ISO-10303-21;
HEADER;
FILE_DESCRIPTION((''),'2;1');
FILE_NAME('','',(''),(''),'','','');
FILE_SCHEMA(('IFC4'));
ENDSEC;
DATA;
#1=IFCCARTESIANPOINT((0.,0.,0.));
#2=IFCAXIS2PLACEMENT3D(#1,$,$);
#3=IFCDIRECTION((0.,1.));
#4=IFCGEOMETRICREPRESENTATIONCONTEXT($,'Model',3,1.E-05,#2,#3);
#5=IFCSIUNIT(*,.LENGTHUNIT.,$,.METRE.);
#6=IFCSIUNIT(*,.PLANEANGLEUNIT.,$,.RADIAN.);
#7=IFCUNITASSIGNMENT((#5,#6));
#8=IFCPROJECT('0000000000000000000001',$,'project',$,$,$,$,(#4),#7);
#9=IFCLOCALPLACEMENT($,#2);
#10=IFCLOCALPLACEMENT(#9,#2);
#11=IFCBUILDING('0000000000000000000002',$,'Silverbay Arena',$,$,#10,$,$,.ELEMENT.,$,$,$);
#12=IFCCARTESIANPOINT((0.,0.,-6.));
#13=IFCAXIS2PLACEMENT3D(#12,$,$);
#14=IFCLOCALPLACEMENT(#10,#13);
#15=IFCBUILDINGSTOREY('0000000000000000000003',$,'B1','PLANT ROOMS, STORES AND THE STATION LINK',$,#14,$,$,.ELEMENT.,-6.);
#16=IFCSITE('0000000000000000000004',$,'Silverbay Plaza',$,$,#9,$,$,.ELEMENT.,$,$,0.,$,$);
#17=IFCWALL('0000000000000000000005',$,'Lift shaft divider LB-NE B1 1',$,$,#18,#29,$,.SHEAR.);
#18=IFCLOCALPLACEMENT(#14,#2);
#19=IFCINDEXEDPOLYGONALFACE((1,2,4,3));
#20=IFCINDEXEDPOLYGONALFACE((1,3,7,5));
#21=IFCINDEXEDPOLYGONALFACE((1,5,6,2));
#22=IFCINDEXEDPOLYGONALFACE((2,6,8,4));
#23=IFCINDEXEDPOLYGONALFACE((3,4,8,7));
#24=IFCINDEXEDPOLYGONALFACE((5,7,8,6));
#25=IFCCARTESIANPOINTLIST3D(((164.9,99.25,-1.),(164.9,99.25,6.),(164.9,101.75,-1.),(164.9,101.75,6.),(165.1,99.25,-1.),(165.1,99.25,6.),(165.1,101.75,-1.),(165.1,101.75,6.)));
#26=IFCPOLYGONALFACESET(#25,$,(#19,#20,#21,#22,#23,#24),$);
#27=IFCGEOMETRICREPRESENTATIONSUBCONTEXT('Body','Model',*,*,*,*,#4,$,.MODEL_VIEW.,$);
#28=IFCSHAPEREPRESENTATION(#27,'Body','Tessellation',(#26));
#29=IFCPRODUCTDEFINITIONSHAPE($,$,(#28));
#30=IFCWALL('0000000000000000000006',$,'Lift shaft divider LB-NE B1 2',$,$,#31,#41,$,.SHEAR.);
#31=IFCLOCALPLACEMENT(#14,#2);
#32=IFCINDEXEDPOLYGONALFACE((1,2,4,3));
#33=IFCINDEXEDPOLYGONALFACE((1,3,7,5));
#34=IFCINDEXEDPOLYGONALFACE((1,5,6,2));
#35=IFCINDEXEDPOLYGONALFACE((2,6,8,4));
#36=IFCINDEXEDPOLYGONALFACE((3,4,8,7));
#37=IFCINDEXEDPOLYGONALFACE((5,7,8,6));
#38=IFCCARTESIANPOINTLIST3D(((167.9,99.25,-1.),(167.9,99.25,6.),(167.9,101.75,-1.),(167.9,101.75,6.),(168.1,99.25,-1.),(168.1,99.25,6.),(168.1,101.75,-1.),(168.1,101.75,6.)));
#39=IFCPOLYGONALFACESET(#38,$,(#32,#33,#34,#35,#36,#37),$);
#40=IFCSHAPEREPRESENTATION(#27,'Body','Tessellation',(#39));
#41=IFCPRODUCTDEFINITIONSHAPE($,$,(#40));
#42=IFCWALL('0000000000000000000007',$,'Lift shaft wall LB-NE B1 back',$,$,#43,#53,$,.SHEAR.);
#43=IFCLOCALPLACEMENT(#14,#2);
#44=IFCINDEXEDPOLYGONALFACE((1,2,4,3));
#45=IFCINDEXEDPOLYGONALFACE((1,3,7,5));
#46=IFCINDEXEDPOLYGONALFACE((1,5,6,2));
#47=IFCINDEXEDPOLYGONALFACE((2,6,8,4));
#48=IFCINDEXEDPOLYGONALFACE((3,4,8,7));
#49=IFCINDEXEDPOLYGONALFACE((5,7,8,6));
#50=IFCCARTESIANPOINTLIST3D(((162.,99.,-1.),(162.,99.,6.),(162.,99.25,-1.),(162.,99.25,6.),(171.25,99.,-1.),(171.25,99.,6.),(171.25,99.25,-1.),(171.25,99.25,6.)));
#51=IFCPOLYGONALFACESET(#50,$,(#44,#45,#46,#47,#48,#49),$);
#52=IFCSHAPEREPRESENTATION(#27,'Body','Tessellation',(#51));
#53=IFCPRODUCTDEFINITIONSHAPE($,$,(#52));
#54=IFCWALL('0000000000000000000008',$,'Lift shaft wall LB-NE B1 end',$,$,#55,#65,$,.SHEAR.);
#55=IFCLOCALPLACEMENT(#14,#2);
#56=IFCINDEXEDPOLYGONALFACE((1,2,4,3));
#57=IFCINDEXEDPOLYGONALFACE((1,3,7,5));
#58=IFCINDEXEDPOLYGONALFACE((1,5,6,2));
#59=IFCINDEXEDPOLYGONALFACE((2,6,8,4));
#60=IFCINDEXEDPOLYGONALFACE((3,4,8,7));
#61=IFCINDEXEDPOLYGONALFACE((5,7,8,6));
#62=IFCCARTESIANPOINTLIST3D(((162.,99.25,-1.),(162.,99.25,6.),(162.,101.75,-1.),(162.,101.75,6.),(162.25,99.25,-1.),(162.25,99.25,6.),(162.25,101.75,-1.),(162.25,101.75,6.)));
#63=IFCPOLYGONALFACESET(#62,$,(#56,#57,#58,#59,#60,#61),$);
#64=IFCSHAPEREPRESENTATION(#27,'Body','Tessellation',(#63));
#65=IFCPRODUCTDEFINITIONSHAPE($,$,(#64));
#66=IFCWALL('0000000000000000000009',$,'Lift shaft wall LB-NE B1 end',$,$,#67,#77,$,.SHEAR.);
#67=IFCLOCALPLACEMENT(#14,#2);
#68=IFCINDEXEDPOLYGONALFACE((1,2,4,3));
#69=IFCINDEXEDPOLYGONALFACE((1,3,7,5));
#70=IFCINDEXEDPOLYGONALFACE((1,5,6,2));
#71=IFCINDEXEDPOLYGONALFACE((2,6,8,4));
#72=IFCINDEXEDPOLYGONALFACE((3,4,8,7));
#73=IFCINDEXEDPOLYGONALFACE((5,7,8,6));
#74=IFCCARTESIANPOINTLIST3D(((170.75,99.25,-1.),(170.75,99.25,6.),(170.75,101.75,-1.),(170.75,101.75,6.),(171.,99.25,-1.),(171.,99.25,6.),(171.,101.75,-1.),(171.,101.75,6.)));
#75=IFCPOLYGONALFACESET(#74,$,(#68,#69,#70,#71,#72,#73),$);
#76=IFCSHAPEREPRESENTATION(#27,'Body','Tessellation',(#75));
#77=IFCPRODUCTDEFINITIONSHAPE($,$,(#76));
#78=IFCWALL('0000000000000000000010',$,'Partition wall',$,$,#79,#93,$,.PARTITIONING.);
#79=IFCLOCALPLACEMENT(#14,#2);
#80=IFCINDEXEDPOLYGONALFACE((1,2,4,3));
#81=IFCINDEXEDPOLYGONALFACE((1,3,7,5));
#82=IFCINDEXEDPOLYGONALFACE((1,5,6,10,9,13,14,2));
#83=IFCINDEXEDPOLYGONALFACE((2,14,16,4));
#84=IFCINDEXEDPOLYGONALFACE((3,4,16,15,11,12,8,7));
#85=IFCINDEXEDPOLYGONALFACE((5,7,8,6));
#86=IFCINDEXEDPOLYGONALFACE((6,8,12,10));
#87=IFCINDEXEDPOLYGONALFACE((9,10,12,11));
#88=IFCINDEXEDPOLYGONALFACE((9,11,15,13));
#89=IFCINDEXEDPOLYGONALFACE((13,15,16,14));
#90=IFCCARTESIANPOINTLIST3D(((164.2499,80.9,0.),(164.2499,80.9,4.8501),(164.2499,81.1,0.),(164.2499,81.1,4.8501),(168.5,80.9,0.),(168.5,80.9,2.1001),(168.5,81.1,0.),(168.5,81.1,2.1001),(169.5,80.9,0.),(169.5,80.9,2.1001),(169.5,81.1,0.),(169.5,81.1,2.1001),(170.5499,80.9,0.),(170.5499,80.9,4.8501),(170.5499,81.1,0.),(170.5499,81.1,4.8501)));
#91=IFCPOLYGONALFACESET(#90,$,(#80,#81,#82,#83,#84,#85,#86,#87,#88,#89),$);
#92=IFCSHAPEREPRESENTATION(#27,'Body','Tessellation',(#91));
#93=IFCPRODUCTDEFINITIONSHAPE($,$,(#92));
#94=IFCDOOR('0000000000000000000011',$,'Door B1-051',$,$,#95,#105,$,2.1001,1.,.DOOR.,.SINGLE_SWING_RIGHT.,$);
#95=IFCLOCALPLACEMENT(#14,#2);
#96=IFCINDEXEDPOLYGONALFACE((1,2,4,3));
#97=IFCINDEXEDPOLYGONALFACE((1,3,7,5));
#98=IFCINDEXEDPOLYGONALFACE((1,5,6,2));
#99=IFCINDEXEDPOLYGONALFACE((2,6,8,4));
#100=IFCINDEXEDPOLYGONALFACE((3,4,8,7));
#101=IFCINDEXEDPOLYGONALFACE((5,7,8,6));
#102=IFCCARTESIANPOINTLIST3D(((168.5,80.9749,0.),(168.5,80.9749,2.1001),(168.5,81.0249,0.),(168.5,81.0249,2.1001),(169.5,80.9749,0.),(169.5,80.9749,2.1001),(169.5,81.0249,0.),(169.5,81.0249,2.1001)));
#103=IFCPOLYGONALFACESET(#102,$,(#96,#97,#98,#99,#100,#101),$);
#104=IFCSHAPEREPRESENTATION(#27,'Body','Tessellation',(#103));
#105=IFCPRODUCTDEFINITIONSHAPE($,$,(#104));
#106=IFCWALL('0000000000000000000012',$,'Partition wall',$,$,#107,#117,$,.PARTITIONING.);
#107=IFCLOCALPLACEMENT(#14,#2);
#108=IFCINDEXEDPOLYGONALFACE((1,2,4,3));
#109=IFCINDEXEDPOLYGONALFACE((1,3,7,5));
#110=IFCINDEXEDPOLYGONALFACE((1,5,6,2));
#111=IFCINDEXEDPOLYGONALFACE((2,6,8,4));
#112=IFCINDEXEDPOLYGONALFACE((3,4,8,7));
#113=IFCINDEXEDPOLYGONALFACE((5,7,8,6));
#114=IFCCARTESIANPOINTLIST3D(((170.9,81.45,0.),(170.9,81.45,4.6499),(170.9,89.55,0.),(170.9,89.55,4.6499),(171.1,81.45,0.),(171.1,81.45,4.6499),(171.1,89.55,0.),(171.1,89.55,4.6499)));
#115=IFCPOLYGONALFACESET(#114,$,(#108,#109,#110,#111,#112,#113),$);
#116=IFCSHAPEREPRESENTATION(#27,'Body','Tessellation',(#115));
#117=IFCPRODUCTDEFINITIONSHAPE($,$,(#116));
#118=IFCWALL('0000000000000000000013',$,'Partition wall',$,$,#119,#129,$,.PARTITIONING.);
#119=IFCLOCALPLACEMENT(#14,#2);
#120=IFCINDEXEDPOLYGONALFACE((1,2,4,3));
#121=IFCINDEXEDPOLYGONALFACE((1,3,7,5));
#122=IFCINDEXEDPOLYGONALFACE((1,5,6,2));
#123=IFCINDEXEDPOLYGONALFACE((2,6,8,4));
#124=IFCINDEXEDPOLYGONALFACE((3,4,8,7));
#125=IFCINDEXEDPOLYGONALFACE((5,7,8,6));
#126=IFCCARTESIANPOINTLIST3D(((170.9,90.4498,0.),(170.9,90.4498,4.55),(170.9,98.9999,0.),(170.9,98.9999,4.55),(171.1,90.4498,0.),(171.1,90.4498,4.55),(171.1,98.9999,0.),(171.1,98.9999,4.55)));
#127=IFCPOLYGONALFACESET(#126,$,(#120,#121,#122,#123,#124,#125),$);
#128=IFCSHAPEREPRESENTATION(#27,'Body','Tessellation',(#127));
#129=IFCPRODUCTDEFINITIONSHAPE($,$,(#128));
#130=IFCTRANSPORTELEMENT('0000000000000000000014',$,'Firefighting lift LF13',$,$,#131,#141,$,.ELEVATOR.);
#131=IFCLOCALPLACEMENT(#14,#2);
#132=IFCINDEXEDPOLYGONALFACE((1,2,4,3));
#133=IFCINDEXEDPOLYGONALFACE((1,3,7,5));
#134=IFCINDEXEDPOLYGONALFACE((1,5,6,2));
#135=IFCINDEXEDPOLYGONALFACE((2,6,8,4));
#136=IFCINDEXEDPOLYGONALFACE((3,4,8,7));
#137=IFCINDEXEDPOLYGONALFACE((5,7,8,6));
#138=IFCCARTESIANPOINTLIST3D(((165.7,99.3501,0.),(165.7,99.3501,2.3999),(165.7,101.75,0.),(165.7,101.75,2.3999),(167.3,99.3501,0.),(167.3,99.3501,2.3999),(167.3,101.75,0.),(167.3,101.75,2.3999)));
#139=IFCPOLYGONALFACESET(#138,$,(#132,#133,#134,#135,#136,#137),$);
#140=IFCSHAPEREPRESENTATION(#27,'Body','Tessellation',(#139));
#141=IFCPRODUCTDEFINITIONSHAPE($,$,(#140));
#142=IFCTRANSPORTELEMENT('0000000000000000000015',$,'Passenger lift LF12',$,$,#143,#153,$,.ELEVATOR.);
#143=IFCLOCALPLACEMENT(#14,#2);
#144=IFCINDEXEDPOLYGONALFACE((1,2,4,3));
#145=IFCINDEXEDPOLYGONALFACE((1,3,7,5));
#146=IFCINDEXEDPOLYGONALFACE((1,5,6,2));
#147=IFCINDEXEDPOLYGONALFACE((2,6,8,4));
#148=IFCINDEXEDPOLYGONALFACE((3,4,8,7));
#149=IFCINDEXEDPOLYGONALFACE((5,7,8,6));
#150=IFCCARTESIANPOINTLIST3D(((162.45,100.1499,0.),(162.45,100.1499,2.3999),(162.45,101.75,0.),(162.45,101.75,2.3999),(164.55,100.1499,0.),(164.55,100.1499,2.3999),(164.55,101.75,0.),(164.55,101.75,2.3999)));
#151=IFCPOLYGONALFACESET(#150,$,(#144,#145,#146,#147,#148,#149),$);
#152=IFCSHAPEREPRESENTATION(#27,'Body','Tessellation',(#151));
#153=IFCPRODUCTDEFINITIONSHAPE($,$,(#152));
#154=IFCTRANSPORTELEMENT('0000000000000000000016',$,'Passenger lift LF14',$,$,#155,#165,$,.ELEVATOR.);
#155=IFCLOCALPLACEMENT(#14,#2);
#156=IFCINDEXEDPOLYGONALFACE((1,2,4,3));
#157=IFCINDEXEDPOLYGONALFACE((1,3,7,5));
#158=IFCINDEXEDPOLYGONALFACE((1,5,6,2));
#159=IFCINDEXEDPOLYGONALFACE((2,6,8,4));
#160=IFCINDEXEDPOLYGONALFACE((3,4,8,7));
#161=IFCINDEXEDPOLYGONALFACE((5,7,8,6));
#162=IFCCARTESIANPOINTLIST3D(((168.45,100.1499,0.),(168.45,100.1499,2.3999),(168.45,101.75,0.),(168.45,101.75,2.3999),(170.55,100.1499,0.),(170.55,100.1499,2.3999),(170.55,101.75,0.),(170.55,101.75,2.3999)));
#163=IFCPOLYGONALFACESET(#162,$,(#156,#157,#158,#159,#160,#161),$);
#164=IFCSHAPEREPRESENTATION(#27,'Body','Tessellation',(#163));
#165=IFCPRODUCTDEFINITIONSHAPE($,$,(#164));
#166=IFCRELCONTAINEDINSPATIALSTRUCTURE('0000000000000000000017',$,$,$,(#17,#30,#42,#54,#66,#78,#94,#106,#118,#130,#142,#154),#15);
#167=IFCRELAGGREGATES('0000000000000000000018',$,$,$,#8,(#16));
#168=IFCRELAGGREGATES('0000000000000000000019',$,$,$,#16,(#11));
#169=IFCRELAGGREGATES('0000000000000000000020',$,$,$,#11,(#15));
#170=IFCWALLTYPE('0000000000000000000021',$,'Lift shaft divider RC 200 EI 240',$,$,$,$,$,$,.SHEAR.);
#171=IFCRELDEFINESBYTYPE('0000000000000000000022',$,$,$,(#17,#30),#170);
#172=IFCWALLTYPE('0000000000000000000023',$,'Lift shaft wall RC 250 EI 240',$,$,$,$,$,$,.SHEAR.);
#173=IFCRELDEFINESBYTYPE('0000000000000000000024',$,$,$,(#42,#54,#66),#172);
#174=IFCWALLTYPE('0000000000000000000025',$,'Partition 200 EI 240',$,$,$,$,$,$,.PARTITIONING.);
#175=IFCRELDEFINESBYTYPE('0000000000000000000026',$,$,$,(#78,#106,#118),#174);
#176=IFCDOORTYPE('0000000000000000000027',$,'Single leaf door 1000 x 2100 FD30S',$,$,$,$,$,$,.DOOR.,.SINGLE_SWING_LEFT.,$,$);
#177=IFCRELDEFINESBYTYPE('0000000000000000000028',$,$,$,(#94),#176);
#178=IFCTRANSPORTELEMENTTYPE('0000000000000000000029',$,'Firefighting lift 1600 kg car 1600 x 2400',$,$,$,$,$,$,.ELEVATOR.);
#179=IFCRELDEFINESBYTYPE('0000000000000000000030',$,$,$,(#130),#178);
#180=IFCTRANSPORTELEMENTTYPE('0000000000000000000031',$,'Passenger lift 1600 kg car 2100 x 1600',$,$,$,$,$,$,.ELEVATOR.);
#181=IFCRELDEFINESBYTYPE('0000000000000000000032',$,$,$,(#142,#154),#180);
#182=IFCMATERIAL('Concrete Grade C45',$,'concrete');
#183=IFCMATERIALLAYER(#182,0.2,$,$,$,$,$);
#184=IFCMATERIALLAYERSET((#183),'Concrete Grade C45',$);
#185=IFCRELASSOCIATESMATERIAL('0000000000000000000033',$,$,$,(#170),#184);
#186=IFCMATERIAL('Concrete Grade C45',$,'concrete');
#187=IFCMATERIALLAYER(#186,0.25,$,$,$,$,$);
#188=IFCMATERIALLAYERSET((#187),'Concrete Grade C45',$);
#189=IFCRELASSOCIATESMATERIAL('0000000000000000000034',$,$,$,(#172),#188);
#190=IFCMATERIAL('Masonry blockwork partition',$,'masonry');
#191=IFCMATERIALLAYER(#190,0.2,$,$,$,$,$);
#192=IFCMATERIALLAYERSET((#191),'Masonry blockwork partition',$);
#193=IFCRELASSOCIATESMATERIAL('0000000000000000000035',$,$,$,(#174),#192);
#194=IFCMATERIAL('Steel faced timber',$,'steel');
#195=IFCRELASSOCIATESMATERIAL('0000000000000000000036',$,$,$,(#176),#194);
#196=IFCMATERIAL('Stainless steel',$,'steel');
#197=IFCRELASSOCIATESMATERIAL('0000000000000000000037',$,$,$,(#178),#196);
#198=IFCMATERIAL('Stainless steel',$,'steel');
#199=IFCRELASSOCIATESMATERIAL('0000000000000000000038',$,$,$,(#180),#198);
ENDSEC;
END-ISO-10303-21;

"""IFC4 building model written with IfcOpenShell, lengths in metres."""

from ifc_helpers import new_model, si_unit, direction, frame, frame_2d, origin, origin_2d, place, context, subcontext, project, spatial, rectangle, extrude, material, layer, layer_set, type_object, element, fill, save


model = new_model("IFC4")

# Units and contexts
model_context = context("Model", 3, precision=1e-05, world=origin(), true_north=direction((0.0, 1.0)))
body_context = subcontext(model_context, "Body", "Model", "MODEL_VIEW")
ifc_project = project(units=[si_unit("LENGTHUNIT", "METRE"), si_unit("PLANEANGLEUNIT", "RADIAN")], contexts=[model_context])

# Site, building, storey
site_placement = place(None, origin())
site = spatial("IfcSite", under=ifc_project, at=site_placement, Name="Silverbay Plaza", CompositionType="ELEMENT", RefElevation=0.0)
building_placement = place(site_placement, origin())
building = spatial("IfcBuilding", under=site, at=building_placement, Name="Silverbay Arena", CompositionType="ELEMENT")
storey_placement = place(building_placement, frame((0.0, 0.0, -6.0)))
storey = spatial("IfcBuildingStorey", under=building, at=storey_placement, Name="B1", Description="PLANT ROOMS, STORES AND THE STATION LINK", CompositionType="ELEMENT", Elevation=-6.0)

# Walls
ifc_material_1 = material(Name="Concrete Grade C45", Category="concrete")
ifc_layer_1 = layer(ifc_material_1, 0.2)
ifc_layer_set_1 = layer_set([ifc_layer_1], Name="Concrete Grade C45")
wall_type_1 = type_object("IfcWallType", Name="Lift shaft divider RC 200 EI 240", PredefinedType="SHEAR", material=ifc_layer_set_1)
for number, where, z_axis, x_axis, name in (
    (1, (165.0, 99.25, -1.0), (0.0, 0.0, 1.0), (0.0, 1.0, 0.0), "Lift shaft divider LB-NE B1 1"),
    (2, (168.0, 99.25, -1.0), (0.0, 0.0, 1.0), (0.0, 1.0, 0.0), "Lift shaft divider LB-NE B1 2"),
):
    element("IfcWall", number, at=place(storey_placement, frame(where, z_axis=z_axis, x_axis=x_axis)), inside=storey, type_object=wall_type_1, Name=name, PredefinedType="SHEAR", context=body_context, shape_type="SweptSolid", body=[
        extrude(rectangle(XDim=2.5, YDim=0.2, at=frame_2d((1.25, 0.0))), origin(), (0.0, 0.0, 1.0), 7.0),
    ])
ifc_material_2 = material(Name="Concrete Grade C45", Category="concrete")
ifc_layer_2 = layer(ifc_material_2, 0.25)
ifc_layer_set_2 = layer_set([ifc_layer_2], Name="Concrete Grade C45")
wall_type_2 = type_object("IfcWallType", Name="Lift shaft wall RC 250 EI 240", PredefinedType="SHEAR", material=ifc_layer_set_2)
wall_1_placement = place(storey_placement, frame((162.0, 99.125, -1.0), z_axis=(0.0, 0.0, 1.0), x_axis=(1.0, 0.0, 0.0)))
element("IfcWall", 3, at=wall_1_placement, inside=storey, type_object=wall_type_2, Name="Lift shaft wall LB-NE B1 back", PredefinedType="SHEAR", context=body_context, shape_type="SweptSolid", body=[
    extrude(rectangle(XDim=9.25, YDim=0.25, at=frame_2d((4.625, 0.0))), origin(), (0.0, 0.0, 1.0), 7.0),
])
for number, where, z_axis, x_axis, name in (
    (4, (162.125, 99.25, -1.0), (0.0, 0.0, 1.0), (0.0, 1.0, 0.0), "Lift shaft wall LB-NE B1 end"),
    (5, (170.875, 99.25, -1.0), (0.0, 0.0, 1.0), (0.0, 1.0, 0.0), "Lift shaft wall LB-NE B1 end"),
):
    element("IfcWall", number, at=place(storey_placement, frame(where, z_axis=z_axis, x_axis=x_axis)), inside=storey, type_object=wall_type_2, Name=name, PredefinedType="SHEAR", context=body_context, shape_type="SweptSolid", body=[
        extrude(rectangle(XDim=2.5, YDim=0.25, at=frame_2d((1.25, 0.0))), origin(), (0.0, 0.0, 1.0), 7.0),
    ])

# Wall, opening, door
ifc_material_3 = material(Name="Masonry blockwork partition", Category="masonry")
ifc_layer_3 = layer(ifc_material_3, 0.2)
ifc_layer_set_3 = layer_set([ifc_layer_3], Name="Masonry blockwork partition")
wall_type_3 = type_object("IfcWallType", Name="Partition 200 EI 240", PredefinedType="PARTITIONING", material=ifc_layer_set_3)
wall_2_placement = place(storey_placement, frame((164.25, 81.0, 0.0), z_axis=(0.0, 0.0, 1.0), x_axis=(1.0, 0.0, 0.0)))
wall_2 = element("IfcWall", 6, at=wall_2_placement, inside=storey, type_object=wall_type_3, Name="Partition wall", PredefinedType="PARTITIONING", context=body_context, shape_type="SweptSolid", body=[
    extrude(rectangle(XDim=6.3, YDim=0.2, at=frame_2d((3.1499, 0.0))), origin(), (0.0, 0.0, 1.0), 4.8501),
])
opening_placement = place(wall_2_placement, frame((4.25, 0.0, 0.0)))
opening = element("IfcOpeningElement", 7, at=opening_placement, cuts=wall_2, PredefinedType="OPENING", context=body_context, shape_type="SweptSolid", body=[
    extrude(rectangle(XDim=1.0, YDim=2.1001, at=frame_2d((0.5, 1.05))), frame((0.0, 0.1099, 0.0), z_axis=(0.0, -1.0, 0.0), x_axis=(1.0, 0.0, 0.0)), (0.0, 0.0, 1.0), 0.22),
])
ifc_material_4 = material(Name="Steel faced timber", Category="steel")
door_type = type_object("IfcDoorType", Name="Single leaf door 1000 x 2100 FD30S", OperationType="SINGLE_SWING_LEFT", PredefinedType="DOOR", material=ifc_material_4)
door_placement = place(opening_placement, origin())
door = element("IfcDoor", 8, at=door_placement, inside=storey, type_object=door_type, Name="Door B1-051", OperationType="SINGLE_SWING_RIGHT", OverallHeight=2.1001, OverallWidth=1.0, PredefinedType="DOOR", context=body_context, shape_type="SweptSolid", body=[
    extrude(rectangle(XDim=1.0, YDim=2.1001, at=frame_2d((0.5, 1.05))), frame((0.0, 0.0249, 0.0), z_axis=(0.0, -1.0, 0.0), x_axis=(1.0, 0.0, 0.0)), (0.0, 0.0, 1.0), 0.05),
])
fill(opening, door)

# Walls
wall_3_placement = place(storey_placement, frame((171.0, 81.45, 0.0), z_axis=(0.0, 0.0, 1.0), x_axis=(0.0, 1.0, 0.0)))
element("IfcWall", 9, at=wall_3_placement, inside=storey, type_object=wall_type_3, Name="Partition wall", PredefinedType="PARTITIONING", context=body_context, shape_type="SweptSolid", body=[
    extrude(rectangle(XDim=8.1001, YDim=0.2, at=frame_2d((4.05, 0.0))), origin(), (0.0, 0.0, 1.0), 4.6499),
])
wall_4_placement = place(storey_placement, frame((171.0, 90.45, 0.0), z_axis=(0.0, 0.0, 1.0), x_axis=(0.0, 1.0, 0.0)))
element("IfcWall", 10, at=wall_4_placement, inside=storey, type_object=wall_type_3, Name="Partition wall", PredefinedType="PARTITIONING", context=body_context, shape_type="SweptSolid", body=[
    extrude(rectangle(XDim=8.55, YDim=0.2, at=frame_2d((4.2749, 0.0))), origin(), (0.0, 0.0, 1.0), 4.55),
])

# Transport elements
ifc_material_5 = material(Name="Stainless steel", Category="steel")
transport_element_type_1 = type_object("IfcTransportElementType", Name="Firefighting lift 1600 kg car 1600 x 2400", PredefinedType="ELEVATOR", material=ifc_material_5)
transport_element_placement = place(storey_placement, frame((166.5, 100.55, 0.0), z_axis=(0.0, 0.0, 1.0), x_axis=(1.0, 0.0, 0.0)))
element("IfcTransportElement", 11, at=transport_element_placement, inside=storey, type_object=transport_element_type_1, Name="Firefighting lift LF13", PredefinedType="ELEVATOR", context=body_context, shape_type="SweptSolid", body=[
    extrude(rectangle(XDim=1.6001, YDim=2.3999, at=origin_2d()), origin(), (0.0, 0.0, 1.0), 2.3999),
])
ifc_material_6 = material(Name="Stainless steel", Category="steel")
transport_element_type_2 = type_object("IfcTransportElementType", Name="Passenger lift 1600 kg car 2100 x 1600", PredefinedType="ELEVATOR", material=ifc_material_6)
for number, where, z_axis, x_axis, name in (
    (12, (163.5, 100.95, 0.0), (0.0, 0.0, 1.0), (1.0, 0.0, 0.0), "Passenger lift LF12"),
    (13, (169.5, 100.95, 0.0), (0.0, 0.0, 1.0), (1.0, 0.0, 0.0), "Passenger lift LF14"),
):
    element("IfcTransportElement", number, at=place(storey_placement, frame(where, z_axis=z_axis, x_axis=x_axis)), inside=storey, type_object=transport_element_type_2, Name=name, PredefinedType="ELEVATOR", context=body_context, shape_type="SweptSolid", body=[
        extrude(rectangle(XDim=2.1001, YDim=1.6001, at=origin_2d()), origin(), (0.0, 0.0, 1.0), 2.3999),
    ])

save(model, "model.ifc")
